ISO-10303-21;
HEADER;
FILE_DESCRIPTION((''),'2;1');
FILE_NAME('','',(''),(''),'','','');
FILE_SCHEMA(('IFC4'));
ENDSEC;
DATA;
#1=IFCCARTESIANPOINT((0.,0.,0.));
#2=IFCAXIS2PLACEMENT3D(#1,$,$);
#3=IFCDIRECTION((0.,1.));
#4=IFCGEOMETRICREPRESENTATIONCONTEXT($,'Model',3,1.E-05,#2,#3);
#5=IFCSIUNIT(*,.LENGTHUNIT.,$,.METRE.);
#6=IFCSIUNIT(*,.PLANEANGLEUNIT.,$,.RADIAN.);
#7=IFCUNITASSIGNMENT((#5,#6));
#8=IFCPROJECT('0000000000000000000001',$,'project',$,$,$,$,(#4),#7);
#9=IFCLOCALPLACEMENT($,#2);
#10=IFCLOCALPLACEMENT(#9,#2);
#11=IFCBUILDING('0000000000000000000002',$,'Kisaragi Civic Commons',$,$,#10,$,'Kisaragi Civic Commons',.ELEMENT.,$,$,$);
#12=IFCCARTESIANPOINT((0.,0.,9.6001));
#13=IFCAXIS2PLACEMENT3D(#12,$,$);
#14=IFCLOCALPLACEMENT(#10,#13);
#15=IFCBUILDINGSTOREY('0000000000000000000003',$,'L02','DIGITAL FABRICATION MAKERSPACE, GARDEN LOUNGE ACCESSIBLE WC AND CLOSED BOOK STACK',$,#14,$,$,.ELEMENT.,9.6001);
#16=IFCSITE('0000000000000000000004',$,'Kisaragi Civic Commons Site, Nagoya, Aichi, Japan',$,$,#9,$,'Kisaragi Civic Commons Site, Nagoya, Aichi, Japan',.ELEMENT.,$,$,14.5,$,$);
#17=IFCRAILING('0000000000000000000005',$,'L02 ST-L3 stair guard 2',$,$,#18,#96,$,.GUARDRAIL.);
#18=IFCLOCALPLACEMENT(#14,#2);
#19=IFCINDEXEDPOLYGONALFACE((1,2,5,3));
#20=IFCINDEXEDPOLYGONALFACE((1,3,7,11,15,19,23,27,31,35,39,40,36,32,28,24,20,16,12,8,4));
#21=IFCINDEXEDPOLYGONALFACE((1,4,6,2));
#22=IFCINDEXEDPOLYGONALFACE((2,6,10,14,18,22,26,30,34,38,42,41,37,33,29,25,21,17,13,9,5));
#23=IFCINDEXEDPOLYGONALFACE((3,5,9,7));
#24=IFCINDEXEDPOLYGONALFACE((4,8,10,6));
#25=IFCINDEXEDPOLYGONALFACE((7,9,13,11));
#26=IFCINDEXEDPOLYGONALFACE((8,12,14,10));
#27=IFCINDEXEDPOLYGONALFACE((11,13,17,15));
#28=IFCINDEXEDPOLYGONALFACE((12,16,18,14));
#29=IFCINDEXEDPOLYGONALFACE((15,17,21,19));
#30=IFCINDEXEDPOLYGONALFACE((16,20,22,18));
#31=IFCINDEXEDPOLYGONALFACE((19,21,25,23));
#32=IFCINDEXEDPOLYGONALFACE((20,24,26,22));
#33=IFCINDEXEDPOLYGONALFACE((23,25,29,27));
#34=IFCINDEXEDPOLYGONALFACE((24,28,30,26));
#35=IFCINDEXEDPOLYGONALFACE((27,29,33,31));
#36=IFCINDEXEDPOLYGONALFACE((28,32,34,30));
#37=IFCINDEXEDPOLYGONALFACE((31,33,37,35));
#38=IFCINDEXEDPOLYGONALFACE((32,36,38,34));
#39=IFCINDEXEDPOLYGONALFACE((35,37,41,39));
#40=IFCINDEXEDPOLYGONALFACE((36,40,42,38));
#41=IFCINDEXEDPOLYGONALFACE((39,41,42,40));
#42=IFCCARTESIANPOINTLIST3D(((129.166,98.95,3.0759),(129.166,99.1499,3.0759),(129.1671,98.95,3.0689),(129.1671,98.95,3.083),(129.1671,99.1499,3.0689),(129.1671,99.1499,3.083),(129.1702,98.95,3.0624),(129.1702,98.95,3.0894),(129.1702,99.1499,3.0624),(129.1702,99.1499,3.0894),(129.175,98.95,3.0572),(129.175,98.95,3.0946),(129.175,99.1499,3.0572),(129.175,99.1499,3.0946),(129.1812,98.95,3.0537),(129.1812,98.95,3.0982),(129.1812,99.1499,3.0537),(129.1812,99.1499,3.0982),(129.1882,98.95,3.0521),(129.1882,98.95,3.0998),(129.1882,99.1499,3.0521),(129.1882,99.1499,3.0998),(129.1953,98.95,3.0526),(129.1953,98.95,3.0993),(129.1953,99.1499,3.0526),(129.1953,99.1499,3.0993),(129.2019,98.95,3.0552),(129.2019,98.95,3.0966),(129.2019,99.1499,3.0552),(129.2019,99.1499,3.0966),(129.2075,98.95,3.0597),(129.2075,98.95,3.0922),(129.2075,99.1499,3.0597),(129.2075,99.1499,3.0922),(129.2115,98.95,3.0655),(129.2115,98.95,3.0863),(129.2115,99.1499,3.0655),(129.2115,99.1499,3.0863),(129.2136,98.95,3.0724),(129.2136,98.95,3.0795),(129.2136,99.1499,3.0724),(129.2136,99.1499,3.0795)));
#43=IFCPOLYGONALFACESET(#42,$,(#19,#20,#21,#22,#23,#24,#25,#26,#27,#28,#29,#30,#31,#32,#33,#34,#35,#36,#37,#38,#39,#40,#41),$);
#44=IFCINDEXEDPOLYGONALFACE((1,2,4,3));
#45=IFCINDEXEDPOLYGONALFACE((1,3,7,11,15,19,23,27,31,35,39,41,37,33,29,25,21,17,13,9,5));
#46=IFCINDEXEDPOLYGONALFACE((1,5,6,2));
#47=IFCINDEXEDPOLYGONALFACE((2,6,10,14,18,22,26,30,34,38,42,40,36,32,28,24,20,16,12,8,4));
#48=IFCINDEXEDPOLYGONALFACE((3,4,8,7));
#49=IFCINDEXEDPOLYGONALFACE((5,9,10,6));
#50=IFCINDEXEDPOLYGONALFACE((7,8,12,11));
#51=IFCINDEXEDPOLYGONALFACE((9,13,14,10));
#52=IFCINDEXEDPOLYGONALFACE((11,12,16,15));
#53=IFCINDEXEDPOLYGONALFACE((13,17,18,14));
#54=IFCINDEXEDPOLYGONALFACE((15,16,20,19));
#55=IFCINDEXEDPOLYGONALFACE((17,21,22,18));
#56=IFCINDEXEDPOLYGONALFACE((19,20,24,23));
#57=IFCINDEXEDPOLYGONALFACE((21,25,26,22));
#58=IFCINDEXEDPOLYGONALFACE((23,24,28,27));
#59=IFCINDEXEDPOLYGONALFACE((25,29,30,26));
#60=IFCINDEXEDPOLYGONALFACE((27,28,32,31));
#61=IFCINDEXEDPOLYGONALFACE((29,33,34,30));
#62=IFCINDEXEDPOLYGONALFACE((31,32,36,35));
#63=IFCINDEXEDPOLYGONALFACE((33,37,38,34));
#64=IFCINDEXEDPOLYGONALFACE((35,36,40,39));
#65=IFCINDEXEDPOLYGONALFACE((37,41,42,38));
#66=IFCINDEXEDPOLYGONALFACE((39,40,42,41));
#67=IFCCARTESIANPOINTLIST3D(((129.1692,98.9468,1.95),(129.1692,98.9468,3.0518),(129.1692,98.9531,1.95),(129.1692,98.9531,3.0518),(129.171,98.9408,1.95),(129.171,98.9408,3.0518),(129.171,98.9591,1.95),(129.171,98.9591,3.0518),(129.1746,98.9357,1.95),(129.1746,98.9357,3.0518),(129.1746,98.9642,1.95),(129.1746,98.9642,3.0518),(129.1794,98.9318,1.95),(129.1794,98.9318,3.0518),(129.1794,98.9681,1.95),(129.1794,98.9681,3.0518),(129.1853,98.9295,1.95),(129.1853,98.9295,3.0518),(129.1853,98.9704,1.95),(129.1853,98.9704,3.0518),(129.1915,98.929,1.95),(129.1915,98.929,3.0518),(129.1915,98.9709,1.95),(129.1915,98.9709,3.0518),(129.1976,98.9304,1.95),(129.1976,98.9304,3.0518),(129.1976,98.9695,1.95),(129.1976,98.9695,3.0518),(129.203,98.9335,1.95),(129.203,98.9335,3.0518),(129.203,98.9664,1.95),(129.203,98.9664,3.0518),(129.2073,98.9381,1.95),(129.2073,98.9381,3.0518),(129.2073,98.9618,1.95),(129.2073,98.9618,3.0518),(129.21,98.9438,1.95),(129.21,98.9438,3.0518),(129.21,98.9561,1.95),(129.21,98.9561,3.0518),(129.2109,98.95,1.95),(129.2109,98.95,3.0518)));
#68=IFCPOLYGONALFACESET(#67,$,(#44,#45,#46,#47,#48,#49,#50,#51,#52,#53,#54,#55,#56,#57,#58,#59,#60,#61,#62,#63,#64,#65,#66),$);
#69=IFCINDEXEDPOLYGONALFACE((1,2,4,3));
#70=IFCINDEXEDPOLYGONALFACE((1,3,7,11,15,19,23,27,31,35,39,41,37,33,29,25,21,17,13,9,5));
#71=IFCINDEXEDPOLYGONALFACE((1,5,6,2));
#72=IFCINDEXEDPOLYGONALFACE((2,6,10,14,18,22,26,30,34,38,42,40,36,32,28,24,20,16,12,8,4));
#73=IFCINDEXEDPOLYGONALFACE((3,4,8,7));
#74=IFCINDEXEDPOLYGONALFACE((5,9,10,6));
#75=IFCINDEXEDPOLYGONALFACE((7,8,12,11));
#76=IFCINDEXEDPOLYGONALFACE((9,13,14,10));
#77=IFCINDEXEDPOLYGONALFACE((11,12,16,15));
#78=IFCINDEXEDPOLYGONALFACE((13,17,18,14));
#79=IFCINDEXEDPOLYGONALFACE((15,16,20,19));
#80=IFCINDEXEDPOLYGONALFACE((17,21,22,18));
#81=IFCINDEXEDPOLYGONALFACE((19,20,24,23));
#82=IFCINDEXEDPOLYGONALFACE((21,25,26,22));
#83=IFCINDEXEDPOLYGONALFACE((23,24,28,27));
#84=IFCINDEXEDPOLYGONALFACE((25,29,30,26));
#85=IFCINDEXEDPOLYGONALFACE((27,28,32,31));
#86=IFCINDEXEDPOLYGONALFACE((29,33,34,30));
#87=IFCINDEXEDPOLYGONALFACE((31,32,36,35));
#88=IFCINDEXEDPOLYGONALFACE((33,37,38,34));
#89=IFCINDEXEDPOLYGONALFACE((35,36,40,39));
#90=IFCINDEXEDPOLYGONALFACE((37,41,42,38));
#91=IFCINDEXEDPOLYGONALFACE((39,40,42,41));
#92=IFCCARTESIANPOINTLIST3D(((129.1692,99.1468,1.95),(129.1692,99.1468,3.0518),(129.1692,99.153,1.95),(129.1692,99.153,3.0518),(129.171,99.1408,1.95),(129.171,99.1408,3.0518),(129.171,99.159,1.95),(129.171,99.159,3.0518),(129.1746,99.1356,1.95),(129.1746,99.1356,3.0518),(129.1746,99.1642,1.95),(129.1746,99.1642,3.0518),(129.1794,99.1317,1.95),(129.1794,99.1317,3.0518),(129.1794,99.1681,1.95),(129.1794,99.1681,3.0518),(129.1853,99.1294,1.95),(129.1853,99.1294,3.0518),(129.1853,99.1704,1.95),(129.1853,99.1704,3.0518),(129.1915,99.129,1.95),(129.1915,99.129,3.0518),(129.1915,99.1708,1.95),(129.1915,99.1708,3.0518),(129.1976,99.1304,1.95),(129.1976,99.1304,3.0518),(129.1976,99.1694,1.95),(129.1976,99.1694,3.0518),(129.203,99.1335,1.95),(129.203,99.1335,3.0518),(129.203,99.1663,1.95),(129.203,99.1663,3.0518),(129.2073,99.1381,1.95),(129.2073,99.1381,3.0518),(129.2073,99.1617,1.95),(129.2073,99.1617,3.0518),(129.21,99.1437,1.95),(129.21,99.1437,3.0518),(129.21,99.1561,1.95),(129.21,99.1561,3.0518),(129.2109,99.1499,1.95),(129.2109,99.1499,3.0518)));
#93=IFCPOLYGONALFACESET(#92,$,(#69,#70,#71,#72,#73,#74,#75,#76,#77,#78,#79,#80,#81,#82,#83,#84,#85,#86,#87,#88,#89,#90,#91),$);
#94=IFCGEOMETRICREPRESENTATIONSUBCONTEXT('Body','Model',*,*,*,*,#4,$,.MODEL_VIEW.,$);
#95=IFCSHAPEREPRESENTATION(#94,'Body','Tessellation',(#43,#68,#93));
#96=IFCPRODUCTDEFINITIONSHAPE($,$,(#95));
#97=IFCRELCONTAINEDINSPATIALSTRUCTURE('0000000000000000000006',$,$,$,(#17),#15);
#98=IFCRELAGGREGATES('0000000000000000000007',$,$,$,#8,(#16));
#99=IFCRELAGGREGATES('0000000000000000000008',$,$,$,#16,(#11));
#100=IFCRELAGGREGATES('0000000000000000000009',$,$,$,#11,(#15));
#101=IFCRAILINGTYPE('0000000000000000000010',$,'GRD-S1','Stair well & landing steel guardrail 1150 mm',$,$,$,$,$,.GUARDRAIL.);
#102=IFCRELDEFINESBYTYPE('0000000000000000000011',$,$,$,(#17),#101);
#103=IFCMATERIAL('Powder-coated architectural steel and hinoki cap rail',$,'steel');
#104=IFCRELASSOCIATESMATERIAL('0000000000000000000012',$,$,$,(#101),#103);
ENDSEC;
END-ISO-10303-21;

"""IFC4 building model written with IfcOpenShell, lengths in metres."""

from ifc_helpers import new_model, si_unit, direction, frame, origin, origin_2d, place, context, subcontext, project, spatial, circle, extrude, material, type_object, element, save


model = new_model("IFC4")

# Units and contexts
model_context = context("Model", 3, precision=1e-05, world=origin(), true_north=direction((0.0, 1.0)))
body_context = subcontext(model_context, "Body", "Model", "MODEL_VIEW")
ifc_project = project(units=[si_unit("LENGTHUNIT", "METRE"), si_unit("PLANEANGLEUNIT", "RADIAN")], contexts=[model_context])

# Site, building, storey
site_placement = place(None, origin())
site = spatial("IfcSite", under=ifc_project, at=site_placement, Name="Kisaragi Civic Commons Site, Nagoya, Aichi, Japan", LongName="Kisaragi Civic Commons Site, Nagoya, Aichi, Japan", CompositionType="ELEMENT", RefElevation=14.5)
building_placement = place(site_placement, origin())
building = spatial("IfcBuilding", under=site, at=building_placement, Name="Kisaragi Civic Commons", LongName="Kisaragi Civic Commons", CompositionType="ELEMENT")
storey_placement = place(building_placement, frame((0.0, 0.0, 9.6001)))
storey = spatial("IfcBuildingStorey", under=building, at=storey_placement, Name="L02", Description="DIGITAL FABRICATION MAKERSPACE, GARDEN LOUNGE ACCESSIBLE WC AND CLOSED BOOK STACK", CompositionType="ELEMENT", Elevation=9.6001)

# Railing
ifc_material_1 = material(Name="Powder-coated architectural steel and hinoki cap rail", Category="steel")
railing_type_1 = type_object("IfcRailingType", Name="GRD-S1", Description="Stair well & landing steel guardrail 1150 mm", PredefinedType="GUARDRAIL", material=ifc_material_1)
railing_1_placement = place(storey_placement, frame((129.1899, 98.95, 1.95)))
element("IfcRailing", 1, at=railing_1_placement, inside=storey, type_object=railing_type_1, Name="L02 ST-L3 stair guard 2", PredefinedType="GUARDRAIL", context=body_context, shape_type="SweptSolid", body=[
    extrude(circle(Radius=0.0239, at=origin_2d()), frame((0.0, 0.0, 1.126), z_axis=(0.0, 1.0, 0.0), x_axis=(-1.0, 0.0, 0.0)), (0.0, 0.0, 1.0), 0.2),
    extrude(circle(Radius=0.021, at=origin_2d()), origin(), (0.0, 0.0, 1.0), 1.1018),
    extrude(circle(Radius=0.021, at=origin_2d()), frame((0.0, 0.2, 0.0)), (0.0, 0.0, 1.0), 1.1018),
])

save(model, "model.ifc")
